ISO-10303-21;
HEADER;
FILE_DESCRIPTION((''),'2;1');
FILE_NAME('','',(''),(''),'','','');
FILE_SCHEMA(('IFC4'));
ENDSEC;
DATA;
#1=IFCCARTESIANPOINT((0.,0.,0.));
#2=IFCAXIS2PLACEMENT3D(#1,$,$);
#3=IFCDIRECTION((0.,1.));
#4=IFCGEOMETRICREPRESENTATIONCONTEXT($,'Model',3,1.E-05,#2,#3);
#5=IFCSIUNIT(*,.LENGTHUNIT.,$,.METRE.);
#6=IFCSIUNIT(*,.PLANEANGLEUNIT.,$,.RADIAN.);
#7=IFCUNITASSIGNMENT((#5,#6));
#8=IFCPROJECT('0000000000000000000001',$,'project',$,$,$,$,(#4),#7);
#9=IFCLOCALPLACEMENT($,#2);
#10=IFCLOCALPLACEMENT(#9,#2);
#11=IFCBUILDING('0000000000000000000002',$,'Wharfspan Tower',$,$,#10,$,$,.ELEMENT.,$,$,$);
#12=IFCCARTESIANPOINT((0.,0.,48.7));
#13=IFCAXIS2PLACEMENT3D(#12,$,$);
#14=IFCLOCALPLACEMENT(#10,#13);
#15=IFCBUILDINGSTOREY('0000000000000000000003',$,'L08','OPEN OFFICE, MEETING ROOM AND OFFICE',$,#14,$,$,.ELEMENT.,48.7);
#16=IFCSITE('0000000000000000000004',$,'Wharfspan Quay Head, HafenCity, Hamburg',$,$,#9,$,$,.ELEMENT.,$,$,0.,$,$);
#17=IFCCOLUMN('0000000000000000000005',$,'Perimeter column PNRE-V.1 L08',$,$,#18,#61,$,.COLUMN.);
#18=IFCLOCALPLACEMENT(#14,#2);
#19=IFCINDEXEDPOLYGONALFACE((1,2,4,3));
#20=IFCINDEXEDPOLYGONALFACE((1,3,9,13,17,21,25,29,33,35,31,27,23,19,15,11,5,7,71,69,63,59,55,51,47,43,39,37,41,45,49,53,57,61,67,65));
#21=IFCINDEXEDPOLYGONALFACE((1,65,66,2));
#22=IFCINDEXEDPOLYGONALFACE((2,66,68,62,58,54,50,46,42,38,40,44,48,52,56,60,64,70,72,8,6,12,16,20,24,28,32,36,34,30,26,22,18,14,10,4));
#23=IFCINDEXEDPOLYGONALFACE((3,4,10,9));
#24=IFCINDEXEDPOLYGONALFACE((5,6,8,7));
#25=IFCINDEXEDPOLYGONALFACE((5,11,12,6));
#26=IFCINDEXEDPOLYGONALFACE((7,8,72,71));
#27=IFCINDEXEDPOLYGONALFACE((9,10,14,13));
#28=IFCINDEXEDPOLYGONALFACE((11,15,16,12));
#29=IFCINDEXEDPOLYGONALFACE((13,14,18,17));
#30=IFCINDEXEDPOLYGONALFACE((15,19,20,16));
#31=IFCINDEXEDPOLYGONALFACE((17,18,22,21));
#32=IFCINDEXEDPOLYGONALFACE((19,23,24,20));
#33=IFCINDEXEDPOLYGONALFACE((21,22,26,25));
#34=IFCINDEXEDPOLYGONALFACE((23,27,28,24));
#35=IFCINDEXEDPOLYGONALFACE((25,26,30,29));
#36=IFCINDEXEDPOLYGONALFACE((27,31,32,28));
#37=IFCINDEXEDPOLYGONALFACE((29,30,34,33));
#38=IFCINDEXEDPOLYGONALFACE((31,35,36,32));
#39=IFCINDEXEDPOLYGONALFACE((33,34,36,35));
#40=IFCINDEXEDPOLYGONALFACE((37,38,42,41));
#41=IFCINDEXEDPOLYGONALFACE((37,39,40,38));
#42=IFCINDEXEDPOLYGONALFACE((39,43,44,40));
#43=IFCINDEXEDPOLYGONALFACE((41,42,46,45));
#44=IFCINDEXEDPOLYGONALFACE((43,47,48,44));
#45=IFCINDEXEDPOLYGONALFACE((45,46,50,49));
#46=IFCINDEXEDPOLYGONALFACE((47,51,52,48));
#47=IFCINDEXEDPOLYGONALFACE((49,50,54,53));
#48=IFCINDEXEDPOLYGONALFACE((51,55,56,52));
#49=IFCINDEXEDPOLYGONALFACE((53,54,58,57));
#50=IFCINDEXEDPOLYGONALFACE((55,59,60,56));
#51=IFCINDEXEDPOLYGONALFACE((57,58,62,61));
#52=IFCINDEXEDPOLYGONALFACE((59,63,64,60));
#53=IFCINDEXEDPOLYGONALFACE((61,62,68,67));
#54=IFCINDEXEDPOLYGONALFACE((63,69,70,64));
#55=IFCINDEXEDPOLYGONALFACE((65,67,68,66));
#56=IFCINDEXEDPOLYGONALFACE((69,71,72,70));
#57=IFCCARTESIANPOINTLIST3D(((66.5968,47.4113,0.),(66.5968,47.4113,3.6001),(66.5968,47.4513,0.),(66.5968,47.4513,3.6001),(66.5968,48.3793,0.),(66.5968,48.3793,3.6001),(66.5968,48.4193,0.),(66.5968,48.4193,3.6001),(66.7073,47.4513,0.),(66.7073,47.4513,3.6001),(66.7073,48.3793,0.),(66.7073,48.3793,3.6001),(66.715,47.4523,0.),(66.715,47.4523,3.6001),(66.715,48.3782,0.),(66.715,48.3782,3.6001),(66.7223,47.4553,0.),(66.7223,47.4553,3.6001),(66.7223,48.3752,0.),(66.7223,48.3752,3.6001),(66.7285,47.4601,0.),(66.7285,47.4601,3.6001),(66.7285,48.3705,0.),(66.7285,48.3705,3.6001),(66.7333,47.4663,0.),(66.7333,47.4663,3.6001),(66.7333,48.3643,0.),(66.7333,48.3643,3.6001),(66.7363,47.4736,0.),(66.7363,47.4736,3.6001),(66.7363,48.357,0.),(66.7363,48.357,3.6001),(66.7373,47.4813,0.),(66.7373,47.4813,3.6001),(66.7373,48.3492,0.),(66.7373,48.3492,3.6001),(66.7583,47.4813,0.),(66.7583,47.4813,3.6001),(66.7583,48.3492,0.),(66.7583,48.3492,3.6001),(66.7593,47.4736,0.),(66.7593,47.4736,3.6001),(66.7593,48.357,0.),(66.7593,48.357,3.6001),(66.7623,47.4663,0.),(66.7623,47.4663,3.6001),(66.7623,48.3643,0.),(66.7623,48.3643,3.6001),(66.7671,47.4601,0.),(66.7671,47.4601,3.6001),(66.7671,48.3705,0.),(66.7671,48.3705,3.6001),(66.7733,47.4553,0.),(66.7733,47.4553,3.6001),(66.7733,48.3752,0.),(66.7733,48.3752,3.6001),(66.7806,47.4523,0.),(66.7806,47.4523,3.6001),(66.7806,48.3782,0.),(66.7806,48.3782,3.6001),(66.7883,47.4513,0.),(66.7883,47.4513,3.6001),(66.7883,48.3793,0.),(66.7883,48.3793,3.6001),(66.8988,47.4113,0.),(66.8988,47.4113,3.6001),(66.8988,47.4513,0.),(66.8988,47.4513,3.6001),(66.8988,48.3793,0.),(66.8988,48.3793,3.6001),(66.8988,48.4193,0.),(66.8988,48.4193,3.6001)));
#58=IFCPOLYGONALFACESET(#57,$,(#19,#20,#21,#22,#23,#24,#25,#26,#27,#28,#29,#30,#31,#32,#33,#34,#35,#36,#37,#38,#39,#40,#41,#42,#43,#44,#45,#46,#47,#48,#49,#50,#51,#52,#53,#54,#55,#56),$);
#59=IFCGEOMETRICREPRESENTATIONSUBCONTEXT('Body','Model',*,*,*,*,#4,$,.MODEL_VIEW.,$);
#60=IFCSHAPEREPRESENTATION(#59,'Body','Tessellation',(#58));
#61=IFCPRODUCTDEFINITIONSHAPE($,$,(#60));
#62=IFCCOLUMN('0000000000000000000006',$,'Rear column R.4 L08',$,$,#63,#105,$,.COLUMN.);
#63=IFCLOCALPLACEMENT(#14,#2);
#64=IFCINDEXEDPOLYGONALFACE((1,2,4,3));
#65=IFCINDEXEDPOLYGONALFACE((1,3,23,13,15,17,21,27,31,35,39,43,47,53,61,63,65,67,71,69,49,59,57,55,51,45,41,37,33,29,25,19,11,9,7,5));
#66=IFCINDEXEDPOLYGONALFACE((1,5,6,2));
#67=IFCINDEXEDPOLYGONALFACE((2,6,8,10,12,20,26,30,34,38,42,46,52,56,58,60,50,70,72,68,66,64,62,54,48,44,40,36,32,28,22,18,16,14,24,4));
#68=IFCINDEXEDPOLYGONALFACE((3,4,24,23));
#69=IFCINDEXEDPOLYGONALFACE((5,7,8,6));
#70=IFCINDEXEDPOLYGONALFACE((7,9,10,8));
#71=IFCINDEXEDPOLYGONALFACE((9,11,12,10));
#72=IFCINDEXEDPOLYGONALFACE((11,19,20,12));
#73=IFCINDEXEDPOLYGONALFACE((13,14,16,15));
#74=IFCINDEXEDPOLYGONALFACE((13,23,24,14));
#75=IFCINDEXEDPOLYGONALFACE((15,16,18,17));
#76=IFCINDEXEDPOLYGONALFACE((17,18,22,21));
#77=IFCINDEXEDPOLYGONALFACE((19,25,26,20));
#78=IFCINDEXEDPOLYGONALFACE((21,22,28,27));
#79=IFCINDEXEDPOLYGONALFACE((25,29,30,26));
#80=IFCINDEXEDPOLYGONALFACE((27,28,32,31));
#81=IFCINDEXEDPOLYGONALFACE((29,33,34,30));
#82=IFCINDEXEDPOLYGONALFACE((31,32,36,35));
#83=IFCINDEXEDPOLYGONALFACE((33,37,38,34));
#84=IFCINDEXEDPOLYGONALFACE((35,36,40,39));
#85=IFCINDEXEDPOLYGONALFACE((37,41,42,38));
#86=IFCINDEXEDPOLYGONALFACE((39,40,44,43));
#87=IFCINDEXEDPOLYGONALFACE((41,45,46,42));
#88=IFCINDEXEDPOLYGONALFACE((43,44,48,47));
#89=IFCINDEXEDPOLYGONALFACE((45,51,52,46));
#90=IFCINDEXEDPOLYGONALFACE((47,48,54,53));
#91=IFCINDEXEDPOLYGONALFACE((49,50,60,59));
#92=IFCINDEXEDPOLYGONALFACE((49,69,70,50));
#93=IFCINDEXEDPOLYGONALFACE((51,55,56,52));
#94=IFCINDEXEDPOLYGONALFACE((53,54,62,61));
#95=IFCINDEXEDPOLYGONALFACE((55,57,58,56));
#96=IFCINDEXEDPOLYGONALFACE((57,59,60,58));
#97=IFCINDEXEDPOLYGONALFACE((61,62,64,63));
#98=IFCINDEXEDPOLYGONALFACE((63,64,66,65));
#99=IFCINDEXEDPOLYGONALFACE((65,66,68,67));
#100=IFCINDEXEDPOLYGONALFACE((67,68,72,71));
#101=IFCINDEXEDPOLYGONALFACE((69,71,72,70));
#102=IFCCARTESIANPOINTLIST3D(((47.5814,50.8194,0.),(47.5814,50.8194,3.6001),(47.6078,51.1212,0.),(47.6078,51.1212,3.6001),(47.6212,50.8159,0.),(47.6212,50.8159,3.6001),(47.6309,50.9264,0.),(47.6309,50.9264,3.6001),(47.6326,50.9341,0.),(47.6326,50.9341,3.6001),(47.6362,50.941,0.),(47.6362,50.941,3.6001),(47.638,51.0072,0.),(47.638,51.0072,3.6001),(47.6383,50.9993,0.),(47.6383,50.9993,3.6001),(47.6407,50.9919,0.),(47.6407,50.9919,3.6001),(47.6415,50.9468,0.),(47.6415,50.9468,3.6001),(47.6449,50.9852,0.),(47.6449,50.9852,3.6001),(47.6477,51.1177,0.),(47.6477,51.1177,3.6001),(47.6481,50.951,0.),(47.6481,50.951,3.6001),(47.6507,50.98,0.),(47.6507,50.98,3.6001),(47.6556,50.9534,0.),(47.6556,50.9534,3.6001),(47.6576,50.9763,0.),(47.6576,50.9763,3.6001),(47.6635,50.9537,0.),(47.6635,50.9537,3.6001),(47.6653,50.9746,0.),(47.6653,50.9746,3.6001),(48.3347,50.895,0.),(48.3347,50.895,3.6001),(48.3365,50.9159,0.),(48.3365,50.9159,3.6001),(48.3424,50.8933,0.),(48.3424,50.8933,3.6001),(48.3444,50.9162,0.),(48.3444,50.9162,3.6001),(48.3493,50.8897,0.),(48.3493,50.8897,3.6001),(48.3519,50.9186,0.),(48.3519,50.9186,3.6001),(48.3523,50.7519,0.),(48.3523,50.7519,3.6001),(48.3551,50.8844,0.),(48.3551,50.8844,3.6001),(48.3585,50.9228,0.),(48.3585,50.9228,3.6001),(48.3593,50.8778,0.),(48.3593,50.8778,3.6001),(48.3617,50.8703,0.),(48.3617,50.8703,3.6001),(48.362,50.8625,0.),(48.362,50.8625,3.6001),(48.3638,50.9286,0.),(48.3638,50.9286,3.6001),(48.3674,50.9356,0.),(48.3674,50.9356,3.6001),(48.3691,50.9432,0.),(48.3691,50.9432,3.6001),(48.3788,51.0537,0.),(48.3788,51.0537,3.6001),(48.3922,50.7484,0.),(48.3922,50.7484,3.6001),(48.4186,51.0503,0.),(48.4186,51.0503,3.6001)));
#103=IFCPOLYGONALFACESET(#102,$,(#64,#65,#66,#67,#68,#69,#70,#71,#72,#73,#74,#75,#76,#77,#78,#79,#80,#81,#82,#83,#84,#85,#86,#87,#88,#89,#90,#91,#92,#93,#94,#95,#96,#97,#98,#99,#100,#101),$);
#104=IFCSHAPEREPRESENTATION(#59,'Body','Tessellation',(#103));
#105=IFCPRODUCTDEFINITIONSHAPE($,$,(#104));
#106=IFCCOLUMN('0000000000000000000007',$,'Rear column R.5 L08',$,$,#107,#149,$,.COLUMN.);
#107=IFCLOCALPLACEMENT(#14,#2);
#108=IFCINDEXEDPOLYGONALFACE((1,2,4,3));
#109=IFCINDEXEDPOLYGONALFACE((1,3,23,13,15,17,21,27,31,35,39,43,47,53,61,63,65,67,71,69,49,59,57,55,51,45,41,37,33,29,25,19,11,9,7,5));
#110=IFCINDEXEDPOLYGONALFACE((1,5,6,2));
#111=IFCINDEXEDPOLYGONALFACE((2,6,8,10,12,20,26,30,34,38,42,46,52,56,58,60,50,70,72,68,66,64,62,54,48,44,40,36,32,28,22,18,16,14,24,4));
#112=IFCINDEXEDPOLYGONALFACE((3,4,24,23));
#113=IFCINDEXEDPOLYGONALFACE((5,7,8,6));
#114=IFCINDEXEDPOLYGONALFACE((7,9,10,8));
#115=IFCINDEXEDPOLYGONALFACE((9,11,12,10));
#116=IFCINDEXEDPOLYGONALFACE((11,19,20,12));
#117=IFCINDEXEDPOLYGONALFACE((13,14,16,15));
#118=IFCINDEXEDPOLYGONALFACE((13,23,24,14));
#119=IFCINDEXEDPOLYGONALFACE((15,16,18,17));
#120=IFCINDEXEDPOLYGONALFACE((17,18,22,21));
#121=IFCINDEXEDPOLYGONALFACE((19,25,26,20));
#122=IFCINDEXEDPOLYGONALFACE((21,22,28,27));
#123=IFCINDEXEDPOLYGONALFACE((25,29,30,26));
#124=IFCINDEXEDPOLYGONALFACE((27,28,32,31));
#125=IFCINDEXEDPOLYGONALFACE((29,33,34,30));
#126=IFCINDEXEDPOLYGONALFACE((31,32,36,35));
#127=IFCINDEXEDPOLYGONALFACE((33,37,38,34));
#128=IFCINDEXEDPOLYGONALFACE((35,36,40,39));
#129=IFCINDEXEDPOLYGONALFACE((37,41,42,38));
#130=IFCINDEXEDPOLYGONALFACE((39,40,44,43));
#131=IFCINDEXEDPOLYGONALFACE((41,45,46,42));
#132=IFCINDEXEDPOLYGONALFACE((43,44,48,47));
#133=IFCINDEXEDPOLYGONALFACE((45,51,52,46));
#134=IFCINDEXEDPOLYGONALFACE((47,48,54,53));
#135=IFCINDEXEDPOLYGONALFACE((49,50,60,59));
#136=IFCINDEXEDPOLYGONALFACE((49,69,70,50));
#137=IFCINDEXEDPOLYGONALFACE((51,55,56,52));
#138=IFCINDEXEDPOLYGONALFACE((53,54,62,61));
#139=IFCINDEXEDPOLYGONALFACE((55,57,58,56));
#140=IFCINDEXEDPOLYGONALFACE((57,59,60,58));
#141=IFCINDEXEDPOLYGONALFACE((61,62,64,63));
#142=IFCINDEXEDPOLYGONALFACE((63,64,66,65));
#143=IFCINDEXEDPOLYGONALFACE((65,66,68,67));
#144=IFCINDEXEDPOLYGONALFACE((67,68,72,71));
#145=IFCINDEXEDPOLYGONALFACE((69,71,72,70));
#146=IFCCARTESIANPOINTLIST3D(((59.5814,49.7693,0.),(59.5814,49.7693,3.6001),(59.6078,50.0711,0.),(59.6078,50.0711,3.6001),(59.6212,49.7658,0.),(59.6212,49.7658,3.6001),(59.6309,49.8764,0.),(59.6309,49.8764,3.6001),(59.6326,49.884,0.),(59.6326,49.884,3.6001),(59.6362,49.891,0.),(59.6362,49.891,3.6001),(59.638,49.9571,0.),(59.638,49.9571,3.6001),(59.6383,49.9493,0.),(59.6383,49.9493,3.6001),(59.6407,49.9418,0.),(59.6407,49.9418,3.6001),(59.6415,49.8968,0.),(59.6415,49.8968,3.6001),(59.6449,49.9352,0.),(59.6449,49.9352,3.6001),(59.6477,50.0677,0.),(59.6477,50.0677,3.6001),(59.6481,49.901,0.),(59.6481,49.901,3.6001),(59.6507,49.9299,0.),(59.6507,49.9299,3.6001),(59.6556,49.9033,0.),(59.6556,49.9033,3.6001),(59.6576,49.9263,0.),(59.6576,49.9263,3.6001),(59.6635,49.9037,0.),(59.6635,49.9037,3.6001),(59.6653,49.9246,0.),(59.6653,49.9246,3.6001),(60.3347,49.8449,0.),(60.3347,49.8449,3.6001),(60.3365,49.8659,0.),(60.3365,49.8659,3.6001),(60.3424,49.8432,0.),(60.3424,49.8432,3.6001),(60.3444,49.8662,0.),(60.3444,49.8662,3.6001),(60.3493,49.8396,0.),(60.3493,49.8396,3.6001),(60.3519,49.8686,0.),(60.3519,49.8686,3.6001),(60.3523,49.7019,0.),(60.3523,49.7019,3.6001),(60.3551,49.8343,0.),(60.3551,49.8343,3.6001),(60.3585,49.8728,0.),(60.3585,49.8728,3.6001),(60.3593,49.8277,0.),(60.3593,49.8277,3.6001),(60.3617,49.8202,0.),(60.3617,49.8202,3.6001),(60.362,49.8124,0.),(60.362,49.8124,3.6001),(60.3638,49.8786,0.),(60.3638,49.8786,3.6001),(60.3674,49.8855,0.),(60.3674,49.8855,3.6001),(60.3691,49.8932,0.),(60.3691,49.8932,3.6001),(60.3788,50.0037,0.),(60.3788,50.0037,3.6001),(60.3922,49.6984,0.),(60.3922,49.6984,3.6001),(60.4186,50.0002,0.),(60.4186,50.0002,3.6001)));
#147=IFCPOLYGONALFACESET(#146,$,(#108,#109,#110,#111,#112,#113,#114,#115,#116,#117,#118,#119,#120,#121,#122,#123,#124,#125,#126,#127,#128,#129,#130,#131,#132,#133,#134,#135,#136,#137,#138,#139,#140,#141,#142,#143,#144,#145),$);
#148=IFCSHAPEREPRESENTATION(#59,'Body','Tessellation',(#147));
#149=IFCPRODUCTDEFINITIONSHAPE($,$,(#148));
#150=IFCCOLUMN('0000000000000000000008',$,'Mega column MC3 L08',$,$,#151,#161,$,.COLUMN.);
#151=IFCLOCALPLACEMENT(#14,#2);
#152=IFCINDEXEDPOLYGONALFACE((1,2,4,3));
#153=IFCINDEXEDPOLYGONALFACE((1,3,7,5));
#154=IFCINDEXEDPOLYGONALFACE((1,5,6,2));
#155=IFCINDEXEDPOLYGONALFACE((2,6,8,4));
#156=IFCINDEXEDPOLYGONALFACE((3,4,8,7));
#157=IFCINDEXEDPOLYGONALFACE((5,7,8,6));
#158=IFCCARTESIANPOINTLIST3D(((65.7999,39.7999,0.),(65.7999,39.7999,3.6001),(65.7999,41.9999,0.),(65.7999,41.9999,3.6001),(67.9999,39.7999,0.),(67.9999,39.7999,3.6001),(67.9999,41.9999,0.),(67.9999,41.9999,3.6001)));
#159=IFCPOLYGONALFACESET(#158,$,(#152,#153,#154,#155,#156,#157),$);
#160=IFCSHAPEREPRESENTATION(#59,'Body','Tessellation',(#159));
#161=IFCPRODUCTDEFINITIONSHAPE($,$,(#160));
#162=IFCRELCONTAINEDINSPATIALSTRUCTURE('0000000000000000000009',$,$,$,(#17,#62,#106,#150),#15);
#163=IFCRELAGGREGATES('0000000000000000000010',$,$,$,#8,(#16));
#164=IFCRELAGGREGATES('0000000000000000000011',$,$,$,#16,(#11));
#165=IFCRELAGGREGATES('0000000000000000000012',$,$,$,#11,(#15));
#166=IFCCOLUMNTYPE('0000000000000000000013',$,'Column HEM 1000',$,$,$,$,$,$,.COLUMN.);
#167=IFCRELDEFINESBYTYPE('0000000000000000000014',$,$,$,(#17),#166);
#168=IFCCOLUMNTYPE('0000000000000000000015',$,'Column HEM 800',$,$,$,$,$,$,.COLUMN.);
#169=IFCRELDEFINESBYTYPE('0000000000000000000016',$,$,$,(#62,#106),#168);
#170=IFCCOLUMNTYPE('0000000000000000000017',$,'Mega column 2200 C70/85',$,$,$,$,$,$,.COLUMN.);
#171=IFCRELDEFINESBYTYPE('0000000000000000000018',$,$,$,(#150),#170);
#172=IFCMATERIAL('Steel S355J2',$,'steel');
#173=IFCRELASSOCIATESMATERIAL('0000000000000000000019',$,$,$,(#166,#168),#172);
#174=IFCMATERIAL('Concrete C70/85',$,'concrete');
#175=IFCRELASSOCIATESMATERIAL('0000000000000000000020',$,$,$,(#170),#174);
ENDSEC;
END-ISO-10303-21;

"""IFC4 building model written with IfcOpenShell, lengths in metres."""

from ifc_helpers import new_model, si_unit, direction, frame, origin, origin_2d, place, context, subcontext, project, spatial, rectangle, i_section, extrude, material, material_profile, profile_set, type_object, element, save


model = new_model("IFC4")

# Units and contexts
model_context = context("Model", 3, precision=1e-05, world=origin(), true_north=direction((0.0, 1.0)))
body_context = subcontext(model_context, "Body", "Model", "MODEL_VIEW")
ifc_project = project(units=[si_unit("LENGTHUNIT", "METRE"), si_unit("PLANEANGLEUNIT", "RADIAN")], contexts=[model_context])

# Site, building, storey
site_placement = place(None, origin())
site = spatial("IfcSite", under=ifc_project, at=site_placement, Name="Wharfspan Quay Head, HafenCity, Hamburg", CompositionType="ELEMENT", RefElevation=0.0)
building_placement = place(site_placement, origin())
building = spatial("IfcBuilding", under=site, at=building_placement, Name="Wharfspan Tower", CompositionType="ELEMENT")
storey_placement = place(building_placement, frame((0.0, 0.0, 48.7)))
storey = spatial("IfcBuildingStorey", under=building, at=storey_placement, Name="L08", Description="OPEN OFFICE, MEETING ROOM AND OFFICE", CompositionType="ELEMENT", Elevation=48.7)

# Columns
ifc_material_1 = material(Name="Steel S355J2", Category="steel")
ifc_material_profile_1 = material_profile(ifc_material_1, i_section(OverallWidth=0.302, OverallDepth=1.0081, WebThickness=0.021, FlangeThickness=0.04, FilletRadius=0.03, at=origin_2d()))
ifc_profile_set_1 = profile_set([ifc_material_profile_1], Name="Steel S355J2")
column_type_1 = type_object("IfcColumnType", Name="Column HEM 1000", PredefinedType="COLUMN", material=ifc_profile_set_1)
column_1_placement = place(storey_placement, frame((66.7478, 47.9153, 0.0), z_axis=(0.0, 0.0, 1.0), x_axis=(1.0, 0.0, 0.0)))
element("IfcColumn", 1, at=column_1_placement, inside=storey, type_object=column_type_1, Name="Perimeter column PNRE-V.1 L08", PredefinedType="COLUMN", context=body_context, shape_type="SweptSolid", body=[
    extrude(i_section(OverallWidth=0.302, OverallDepth=1.0081, WebThickness=0.021, FlangeThickness=0.04, FilletRadius=0.03, at=origin_2d()), origin(), (0.0, 0.0, 1.0), 3.6001),
])
ifc_material_profile_2 = material_profile(ifc_material_1, i_section(OverallWidth=0.303, OverallDepth=0.814, WebThickness=0.021, FlangeThickness=0.04, FilletRadius=0.03, at=origin_2d()))
ifc_profile_set_2 = profile_set([ifc_material_profile_2], Name="Steel S355J2")
column_type_2 = type_object("IfcColumnType", Name="Column HEM 800", PredefinedType="COLUMN", material=ifc_profile_set_2)
for number, where, z_axis, x_axis, name in (
    (2, (48.0, 50.9348, 0.0), (0.0, 0.0, 1.0), (0.087156, 0.996197, 0.0), "Rear column R.4 L08"),
    (3, (60.0, 49.8848, 0.0), (0.0, 0.0, 1.0), (0.087156, 0.996197, 0.0), "Rear column R.5 L08"),
):
    element("IfcColumn", number, at=place(storey_placement, frame(where, z_axis=z_axis, x_axis=x_axis)), inside=storey, type_object=column_type_2, Name=name, PredefinedType="COLUMN", context=body_context, shape_type="SweptSolid", body=[
        extrude(i_section(OverallWidth=0.303, OverallDepth=0.814, WebThickness=0.021, FlangeThickness=0.04, FilletRadius=0.03, at=origin_2d()), origin(), (0.0, 0.0, 1.0), 3.6001),
    ])
ifc_material_2 = material(Name="Concrete C70/85", Category="concrete")
ifc_material_profile_3 = material_profile(ifc_material_2, rectangle(XDim=2.2, YDim=2.2, at=origin_2d()))
ifc_profile_set_3 = profile_set([ifc_material_profile_3], Name="Concrete C70/85")
column_type_3 = type_object("IfcColumnType", Name="Mega column 2200 C70/85", PredefinedType="COLUMN", material=ifc_profile_set_3)
column_2_placement = place(storey_placement, frame((66.8999, 40.8999, 0.0), z_axis=(0.0, 0.0, 1.0), x_axis=(1.0, 0.0, 0.0)))
element("IfcColumn", 4, at=column_2_placement, inside=storey, type_object=column_type_3, Name="Mega column MC3 L08", PredefinedType="COLUMN", context=body_context, shape_type="SweptSolid", body=[
    extrude(rectangle(XDim=2.2, YDim=2.2, at=origin_2d()), origin(), (0.0, 0.0, 1.0), 3.6001),
])

save(model, "model.ifc")
